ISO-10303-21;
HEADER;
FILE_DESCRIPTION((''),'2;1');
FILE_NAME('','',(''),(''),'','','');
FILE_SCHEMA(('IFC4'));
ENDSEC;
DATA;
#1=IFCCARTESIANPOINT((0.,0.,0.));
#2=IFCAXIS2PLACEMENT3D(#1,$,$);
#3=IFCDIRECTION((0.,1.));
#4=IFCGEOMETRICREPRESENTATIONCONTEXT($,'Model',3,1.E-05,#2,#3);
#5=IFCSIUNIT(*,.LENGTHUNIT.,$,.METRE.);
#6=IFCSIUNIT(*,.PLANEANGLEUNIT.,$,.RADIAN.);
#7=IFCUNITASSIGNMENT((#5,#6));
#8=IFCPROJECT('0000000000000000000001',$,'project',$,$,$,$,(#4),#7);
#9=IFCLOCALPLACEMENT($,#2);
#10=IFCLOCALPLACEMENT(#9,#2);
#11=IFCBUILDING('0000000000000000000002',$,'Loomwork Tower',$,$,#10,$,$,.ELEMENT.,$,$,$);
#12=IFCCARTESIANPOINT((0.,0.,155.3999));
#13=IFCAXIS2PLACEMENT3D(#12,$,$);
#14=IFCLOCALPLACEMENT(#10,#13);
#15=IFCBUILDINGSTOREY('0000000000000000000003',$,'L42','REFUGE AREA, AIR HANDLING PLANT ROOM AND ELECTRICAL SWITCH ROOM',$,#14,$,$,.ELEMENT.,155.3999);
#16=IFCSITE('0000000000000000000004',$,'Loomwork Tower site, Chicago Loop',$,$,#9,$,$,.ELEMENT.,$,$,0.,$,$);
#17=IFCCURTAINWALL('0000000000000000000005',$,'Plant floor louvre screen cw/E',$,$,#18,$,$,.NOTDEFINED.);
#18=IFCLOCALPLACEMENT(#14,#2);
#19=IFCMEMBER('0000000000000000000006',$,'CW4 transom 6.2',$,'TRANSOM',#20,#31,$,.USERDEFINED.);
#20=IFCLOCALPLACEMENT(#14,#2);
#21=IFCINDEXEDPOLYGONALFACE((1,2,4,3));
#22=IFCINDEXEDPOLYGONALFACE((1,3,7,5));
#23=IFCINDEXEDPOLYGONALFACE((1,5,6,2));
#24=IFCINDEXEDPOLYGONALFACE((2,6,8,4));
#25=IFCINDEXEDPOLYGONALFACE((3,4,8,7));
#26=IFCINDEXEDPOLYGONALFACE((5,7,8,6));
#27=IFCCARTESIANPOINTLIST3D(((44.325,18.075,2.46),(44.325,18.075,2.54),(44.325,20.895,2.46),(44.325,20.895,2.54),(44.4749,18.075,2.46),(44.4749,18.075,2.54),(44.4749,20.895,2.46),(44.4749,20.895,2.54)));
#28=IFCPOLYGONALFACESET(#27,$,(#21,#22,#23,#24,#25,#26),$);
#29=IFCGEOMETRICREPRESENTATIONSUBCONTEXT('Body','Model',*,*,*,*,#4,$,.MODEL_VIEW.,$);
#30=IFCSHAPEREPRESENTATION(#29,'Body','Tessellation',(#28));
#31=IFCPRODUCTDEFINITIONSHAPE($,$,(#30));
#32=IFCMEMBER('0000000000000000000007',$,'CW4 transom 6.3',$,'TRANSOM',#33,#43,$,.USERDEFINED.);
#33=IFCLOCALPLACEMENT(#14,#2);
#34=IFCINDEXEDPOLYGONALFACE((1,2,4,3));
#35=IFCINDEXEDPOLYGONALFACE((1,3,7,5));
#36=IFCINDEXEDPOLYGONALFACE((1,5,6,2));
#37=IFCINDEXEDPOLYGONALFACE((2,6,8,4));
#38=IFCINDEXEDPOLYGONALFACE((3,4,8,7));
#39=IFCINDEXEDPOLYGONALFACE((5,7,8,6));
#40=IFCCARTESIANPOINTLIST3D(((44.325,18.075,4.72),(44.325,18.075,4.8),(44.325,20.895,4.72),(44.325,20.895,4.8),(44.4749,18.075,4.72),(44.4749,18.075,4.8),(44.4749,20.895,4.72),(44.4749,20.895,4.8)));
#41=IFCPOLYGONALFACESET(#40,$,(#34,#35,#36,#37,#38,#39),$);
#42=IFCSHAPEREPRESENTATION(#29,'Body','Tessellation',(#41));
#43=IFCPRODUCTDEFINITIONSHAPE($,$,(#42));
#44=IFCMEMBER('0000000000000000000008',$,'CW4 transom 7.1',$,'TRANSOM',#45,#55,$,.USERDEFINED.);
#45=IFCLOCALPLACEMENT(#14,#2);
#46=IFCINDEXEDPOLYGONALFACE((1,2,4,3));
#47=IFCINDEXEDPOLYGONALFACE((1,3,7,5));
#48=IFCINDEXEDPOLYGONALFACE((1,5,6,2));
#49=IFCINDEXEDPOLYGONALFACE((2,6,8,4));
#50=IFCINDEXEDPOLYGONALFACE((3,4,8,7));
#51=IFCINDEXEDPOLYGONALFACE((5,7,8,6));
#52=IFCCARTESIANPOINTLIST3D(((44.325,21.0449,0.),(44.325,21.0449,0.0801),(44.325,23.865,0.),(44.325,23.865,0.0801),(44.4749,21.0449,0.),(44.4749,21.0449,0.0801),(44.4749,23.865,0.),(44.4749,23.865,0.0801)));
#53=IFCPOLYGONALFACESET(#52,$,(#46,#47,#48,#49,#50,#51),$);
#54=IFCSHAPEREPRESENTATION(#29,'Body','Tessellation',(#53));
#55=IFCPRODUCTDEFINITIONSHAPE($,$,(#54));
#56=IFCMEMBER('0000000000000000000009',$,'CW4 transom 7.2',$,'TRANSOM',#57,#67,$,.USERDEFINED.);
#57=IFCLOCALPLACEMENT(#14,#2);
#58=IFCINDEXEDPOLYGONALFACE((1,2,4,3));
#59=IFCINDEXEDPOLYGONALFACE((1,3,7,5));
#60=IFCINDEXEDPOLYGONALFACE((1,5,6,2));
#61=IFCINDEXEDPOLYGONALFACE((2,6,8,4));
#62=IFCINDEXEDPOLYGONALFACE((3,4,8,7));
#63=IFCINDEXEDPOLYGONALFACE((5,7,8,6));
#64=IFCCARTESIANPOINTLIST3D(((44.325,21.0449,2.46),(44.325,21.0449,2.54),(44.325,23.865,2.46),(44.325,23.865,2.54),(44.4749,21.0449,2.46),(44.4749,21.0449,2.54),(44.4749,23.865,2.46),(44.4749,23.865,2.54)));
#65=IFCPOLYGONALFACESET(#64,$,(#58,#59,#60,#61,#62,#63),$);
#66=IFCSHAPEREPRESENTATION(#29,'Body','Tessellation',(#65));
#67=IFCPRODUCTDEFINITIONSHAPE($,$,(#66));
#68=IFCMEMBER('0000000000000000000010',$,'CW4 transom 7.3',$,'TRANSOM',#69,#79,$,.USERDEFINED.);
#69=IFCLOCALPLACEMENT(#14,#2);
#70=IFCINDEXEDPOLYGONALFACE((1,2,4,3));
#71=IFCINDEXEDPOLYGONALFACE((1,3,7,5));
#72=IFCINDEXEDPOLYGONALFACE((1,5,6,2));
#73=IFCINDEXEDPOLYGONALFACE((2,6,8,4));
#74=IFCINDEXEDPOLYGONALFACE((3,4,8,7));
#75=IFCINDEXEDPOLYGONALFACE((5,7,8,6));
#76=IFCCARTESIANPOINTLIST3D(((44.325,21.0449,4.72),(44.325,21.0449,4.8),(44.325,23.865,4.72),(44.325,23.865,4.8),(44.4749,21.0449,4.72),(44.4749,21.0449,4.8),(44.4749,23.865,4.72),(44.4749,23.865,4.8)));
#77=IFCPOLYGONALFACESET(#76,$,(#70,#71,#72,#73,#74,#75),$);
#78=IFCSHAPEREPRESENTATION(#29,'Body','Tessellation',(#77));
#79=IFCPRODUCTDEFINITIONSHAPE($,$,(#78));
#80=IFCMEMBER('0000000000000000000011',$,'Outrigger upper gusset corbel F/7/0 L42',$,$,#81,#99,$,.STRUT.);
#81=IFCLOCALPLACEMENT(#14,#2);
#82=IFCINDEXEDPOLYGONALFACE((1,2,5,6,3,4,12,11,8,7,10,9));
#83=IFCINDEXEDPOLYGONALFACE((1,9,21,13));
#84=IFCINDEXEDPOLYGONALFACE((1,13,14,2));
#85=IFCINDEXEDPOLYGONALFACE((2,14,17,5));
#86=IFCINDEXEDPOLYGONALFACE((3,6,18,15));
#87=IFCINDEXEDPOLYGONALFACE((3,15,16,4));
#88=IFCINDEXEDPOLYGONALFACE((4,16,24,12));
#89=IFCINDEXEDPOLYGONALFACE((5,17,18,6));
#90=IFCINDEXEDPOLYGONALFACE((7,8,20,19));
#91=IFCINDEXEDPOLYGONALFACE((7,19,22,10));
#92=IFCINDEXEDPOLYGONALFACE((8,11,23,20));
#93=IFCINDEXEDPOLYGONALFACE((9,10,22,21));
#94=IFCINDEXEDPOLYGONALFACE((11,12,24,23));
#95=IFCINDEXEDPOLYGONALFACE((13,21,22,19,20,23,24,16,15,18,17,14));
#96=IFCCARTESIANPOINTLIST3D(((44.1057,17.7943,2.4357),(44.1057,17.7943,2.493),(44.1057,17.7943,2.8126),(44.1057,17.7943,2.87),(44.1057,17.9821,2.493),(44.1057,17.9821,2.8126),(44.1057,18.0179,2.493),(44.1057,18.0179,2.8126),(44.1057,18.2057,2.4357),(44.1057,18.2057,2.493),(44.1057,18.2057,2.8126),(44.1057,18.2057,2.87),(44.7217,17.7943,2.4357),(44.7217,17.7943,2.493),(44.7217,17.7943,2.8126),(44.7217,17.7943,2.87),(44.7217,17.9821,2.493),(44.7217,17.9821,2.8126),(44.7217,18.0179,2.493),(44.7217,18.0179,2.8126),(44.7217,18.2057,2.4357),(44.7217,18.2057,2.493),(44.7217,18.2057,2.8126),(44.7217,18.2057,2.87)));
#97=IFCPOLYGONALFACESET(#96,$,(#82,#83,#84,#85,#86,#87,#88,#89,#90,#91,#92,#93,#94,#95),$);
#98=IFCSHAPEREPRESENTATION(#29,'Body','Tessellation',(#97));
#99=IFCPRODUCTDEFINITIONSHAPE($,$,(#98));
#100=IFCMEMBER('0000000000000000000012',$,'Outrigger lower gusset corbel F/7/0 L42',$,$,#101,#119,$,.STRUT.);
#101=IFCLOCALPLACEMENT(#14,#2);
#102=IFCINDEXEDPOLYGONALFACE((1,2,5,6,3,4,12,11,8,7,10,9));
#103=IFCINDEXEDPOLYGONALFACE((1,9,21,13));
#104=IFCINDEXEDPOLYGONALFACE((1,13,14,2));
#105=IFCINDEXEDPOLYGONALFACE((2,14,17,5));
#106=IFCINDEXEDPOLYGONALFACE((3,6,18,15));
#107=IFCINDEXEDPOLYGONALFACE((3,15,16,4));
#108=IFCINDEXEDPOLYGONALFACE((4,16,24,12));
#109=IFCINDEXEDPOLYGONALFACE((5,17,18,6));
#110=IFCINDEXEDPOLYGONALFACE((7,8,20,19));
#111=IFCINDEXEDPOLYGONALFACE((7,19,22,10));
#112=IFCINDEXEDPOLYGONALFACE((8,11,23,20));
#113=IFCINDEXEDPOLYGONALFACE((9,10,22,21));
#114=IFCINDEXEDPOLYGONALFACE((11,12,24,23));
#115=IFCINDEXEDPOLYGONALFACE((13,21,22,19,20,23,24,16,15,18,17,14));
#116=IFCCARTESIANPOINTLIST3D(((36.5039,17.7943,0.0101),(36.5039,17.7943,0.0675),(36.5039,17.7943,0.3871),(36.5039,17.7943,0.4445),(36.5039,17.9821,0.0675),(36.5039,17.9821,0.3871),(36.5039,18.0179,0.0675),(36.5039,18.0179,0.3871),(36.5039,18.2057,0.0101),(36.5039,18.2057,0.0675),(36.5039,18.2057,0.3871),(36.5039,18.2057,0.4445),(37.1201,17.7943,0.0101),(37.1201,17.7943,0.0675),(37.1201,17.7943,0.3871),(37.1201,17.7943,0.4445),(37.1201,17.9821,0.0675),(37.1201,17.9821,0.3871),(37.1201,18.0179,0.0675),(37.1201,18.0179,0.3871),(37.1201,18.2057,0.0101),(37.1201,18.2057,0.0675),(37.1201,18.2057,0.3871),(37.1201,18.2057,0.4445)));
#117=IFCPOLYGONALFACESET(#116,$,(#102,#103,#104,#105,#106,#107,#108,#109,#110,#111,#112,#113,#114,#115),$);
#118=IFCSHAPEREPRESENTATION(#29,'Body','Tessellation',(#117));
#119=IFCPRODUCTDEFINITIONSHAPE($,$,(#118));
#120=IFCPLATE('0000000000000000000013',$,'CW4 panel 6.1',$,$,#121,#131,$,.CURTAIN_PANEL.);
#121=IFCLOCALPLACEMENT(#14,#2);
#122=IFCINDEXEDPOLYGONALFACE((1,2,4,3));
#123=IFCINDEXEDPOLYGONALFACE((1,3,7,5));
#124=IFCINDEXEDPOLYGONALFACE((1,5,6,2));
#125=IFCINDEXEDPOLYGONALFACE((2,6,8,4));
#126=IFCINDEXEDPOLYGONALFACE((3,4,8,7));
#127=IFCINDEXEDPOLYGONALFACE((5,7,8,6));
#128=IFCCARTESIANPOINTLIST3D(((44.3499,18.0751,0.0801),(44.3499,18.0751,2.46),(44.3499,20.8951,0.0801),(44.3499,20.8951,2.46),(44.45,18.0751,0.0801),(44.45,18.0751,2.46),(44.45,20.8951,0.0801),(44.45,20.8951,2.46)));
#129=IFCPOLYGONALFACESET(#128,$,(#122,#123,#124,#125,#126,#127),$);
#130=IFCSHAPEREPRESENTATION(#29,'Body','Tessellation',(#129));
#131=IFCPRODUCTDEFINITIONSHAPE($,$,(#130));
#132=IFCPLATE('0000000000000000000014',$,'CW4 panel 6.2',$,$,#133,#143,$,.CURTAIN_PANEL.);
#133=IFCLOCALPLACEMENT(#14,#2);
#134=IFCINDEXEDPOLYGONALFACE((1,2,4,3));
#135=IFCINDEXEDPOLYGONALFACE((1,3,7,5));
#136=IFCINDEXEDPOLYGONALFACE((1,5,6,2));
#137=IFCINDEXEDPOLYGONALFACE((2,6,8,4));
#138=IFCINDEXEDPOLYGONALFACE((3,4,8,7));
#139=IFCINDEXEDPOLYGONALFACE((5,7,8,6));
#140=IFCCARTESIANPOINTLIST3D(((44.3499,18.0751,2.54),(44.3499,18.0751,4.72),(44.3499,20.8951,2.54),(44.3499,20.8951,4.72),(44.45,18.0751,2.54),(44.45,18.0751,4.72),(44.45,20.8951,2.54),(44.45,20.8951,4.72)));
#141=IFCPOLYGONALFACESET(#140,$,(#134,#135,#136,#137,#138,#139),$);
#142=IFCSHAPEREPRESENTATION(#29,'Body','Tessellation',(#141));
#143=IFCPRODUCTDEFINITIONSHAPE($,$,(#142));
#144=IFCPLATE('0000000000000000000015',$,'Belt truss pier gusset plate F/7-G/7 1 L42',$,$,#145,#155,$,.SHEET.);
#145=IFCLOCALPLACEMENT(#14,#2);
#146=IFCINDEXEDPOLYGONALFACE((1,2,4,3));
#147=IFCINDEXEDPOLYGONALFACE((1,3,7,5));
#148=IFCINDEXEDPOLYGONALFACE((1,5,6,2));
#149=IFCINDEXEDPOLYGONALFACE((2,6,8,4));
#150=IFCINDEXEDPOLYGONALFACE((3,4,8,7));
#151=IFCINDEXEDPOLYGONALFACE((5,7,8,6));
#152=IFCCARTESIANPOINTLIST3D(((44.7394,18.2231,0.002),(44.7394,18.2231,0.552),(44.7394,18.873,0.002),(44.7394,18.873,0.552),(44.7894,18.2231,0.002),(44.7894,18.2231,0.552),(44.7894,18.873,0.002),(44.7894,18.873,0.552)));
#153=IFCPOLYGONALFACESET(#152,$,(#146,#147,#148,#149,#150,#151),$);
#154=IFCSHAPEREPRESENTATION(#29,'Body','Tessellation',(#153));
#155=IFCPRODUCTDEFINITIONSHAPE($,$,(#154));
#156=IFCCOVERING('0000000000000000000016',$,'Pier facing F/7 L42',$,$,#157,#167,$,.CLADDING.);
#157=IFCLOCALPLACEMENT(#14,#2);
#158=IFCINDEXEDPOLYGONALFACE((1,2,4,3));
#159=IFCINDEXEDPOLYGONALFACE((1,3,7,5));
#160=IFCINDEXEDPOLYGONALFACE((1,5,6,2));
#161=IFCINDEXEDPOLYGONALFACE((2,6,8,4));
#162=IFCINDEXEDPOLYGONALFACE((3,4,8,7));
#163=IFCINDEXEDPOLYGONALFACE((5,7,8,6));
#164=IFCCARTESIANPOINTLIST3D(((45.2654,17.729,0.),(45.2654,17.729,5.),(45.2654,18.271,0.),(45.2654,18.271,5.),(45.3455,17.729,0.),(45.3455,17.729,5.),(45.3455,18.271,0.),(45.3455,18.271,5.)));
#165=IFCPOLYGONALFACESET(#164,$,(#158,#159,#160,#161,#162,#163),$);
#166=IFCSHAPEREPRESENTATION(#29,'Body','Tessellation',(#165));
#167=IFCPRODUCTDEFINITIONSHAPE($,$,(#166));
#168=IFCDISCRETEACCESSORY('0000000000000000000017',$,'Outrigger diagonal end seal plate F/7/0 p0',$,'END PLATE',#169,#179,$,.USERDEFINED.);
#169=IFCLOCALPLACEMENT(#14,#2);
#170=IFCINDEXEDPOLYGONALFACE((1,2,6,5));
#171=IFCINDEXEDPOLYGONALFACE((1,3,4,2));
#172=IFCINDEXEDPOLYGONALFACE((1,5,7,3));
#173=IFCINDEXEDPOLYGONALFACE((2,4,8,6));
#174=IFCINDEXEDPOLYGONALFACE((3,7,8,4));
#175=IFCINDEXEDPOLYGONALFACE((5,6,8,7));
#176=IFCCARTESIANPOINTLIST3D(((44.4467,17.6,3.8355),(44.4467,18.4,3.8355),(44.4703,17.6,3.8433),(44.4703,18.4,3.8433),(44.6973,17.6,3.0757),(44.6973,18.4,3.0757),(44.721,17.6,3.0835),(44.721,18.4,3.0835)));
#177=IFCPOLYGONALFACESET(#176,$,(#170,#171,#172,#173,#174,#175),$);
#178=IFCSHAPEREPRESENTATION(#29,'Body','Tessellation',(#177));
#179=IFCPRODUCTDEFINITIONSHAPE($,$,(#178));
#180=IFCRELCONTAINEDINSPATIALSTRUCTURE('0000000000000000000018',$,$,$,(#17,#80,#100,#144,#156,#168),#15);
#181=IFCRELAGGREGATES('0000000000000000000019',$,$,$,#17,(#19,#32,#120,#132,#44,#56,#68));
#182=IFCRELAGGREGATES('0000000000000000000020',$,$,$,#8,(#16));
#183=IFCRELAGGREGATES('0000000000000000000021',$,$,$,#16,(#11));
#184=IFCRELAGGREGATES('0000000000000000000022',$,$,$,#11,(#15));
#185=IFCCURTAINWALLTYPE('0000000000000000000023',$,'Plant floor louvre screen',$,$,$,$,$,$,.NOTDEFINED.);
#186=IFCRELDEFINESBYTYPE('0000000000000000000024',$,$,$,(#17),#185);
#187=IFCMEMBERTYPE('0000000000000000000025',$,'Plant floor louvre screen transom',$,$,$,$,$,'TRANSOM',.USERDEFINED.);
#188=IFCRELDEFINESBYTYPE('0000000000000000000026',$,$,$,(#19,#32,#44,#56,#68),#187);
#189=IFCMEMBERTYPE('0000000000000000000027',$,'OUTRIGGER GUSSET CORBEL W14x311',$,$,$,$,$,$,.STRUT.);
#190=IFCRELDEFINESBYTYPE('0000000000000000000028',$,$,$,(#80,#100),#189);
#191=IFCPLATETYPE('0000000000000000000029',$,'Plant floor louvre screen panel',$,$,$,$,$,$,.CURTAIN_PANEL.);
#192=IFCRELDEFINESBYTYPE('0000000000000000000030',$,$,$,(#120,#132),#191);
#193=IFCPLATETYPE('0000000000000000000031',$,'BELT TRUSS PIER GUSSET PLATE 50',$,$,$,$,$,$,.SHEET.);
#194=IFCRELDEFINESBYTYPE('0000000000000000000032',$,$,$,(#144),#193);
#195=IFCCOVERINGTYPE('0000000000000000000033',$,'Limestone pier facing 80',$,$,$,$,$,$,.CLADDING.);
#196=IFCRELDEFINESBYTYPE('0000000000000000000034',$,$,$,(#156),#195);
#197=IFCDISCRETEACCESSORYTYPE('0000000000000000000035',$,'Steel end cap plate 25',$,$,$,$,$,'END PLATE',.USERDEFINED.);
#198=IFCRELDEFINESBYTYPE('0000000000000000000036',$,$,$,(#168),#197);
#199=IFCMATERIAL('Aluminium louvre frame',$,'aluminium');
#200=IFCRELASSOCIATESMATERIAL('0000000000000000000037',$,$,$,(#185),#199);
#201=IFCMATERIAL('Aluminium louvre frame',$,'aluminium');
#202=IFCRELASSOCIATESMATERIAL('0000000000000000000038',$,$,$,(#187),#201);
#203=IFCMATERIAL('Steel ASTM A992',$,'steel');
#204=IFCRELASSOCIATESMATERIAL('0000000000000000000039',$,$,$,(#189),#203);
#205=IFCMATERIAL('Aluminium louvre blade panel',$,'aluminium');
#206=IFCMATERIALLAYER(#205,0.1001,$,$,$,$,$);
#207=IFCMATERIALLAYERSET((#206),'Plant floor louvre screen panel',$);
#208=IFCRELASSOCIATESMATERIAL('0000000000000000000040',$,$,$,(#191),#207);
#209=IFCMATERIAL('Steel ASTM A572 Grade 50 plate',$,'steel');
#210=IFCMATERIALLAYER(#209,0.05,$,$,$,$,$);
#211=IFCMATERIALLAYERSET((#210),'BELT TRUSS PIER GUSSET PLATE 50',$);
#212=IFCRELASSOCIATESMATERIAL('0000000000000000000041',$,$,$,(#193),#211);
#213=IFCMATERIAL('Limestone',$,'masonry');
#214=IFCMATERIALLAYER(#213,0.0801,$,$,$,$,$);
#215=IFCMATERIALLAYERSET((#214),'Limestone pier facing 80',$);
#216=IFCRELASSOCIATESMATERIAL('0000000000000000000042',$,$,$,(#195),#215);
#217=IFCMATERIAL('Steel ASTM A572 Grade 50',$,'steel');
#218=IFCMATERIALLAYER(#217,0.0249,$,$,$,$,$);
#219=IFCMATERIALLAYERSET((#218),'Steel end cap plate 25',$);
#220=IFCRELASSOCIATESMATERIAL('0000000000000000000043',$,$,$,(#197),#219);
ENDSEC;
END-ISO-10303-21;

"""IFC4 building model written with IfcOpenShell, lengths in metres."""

from ifc_helpers import new_model, si_unit, direction, frame, origin, origin_2d, place, context, subcontext, project, spatial, rectangle, i_section, extrude, material, layer, layer_set, material_profile, profile_set, type_object, element, aggregate, save


model = new_model("IFC4")

# Units and contexts
model_context = context("Model", 3, precision=1e-05, world=origin(), true_north=direction((0.0, 1.0)))
body_context = subcontext(model_context, "Body", "Model", "MODEL_VIEW")
ifc_project = project(units=[si_unit("LENGTHUNIT", "METRE"), si_unit("PLANEANGLEUNIT", "RADIAN")], contexts=[model_context])

# Site, building, storey
site_placement = place(None, origin())
site = spatial("IfcSite", under=ifc_project, at=site_placement, Name="Loomwork Tower site, Chicago Loop", CompositionType="ELEMENT", RefElevation=0.0)
building_placement = place(site_placement, origin())
building = spatial("IfcBuilding", under=site, at=building_placement, Name="Loomwork Tower", CompositionType="ELEMENT")
storey_placement = place(building_placement, frame((0.0, 0.0, 155.3999)))
storey = spatial("IfcBuildingStorey", under=building, at=storey_placement, Name="L42", Description="REFUGE AREA, AIR HANDLING PLANT ROOM AND ELECTRICAL SWITCH ROOM", CompositionType="ELEMENT", Elevation=155.3999)

# Curtain wall, members
ifc_material_1 = material(Name="Aluminium louvre frame", Category="aluminium")
curtain_wall_type = type_object("IfcCurtainWallType", Name="Plant floor louvre screen", PredefinedType="NOTDEFINED", material=ifc_material_1)
curtain_wall_placement = place(storey_placement, origin())
curtain_wall = element("IfcCurtainWall", 1, at=curtain_wall_placement, inside=storey, type_object=curtain_wall_type, Name="Plant floor louvre screen cw/E", PredefinedType="NOTDEFINED")
ifc_material_2 = material(Name="Aluminium louvre frame", Category="aluminium")
ifc_material_profile_1 = material_profile(ifc_material_2, rectangle(XDim=0.1499, YDim=0.0801, at=origin_2d()), Name="AL 80x150")
ifc_profile_set_1 = profile_set([ifc_material_profile_1], Name="Aluminium louvre frame")
member_type_1 = type_object("IfcMemberType", Name="Plant floor louvre screen transom", ElementType="TRANSOM", PredefinedType="USERDEFINED", material=ifc_profile_set_1)
member_1_placement = place(storey_placement, frame((44.3999, 18.075, 2.5), z_axis=(0.0, 1.0, 0.0), x_axis=(-1.0, 0.0, 0.0)))
member_1 = element("IfcMember", 2, at=member_1_placement, type_object=member_type_1, Name="CW4 transom 6.2", ObjectType="TRANSOM", PredefinedType="USERDEFINED", context=body_context, shape_type="SweptSolid", body=[
    extrude(rectangle(XDim=0.1499, YDim=0.0801, at=origin_2d()), origin(), (0.0, 0.0, 1.0), 2.8201),
])
member_2_placement = place(storey_placement, frame((44.3999, 18.075, 4.76), z_axis=(0.0, 1.0, 0.0), x_axis=(-1.0, 0.0, 0.0)))
member_2 = element("IfcMember", 3, at=member_2_placement, type_object=member_type_1, Name="CW4 transom 6.3", ObjectType="TRANSOM", PredefinedType="USERDEFINED", context=body_context, shape_type="SweptSolid", body=[
    extrude(rectangle(XDim=0.1499, YDim=0.0801, at=origin_2d()), origin(), (0.0, 0.0, 1.0), 2.8201),
])
member_3_placement = place(storey_placement, frame((44.3999, 21.0449, 0.04), z_axis=(0.0, 1.0, 0.0), x_axis=(-1.0, 0.0, 0.0)))
member_3 = element("IfcMember", 4, at=member_3_placement, type_object=member_type_1, Name="CW4 transom 7.1", ObjectType="TRANSOM", PredefinedType="USERDEFINED", context=body_context, shape_type="SweptSolid", body=[
    extrude(rectangle(XDim=0.1499, YDim=0.0801, at=origin_2d()), origin(), (0.0, 0.0, 1.0), 2.8201),
])
member_4_placement = place(storey_placement, frame((44.3999, 21.0449, 2.5), z_axis=(0.0, 1.0, 0.0), x_axis=(-1.0, 0.0, 0.0)))
member_4 = element("IfcMember", 5, at=member_4_placement, type_object=member_type_1, Name="CW4 transom 7.2", ObjectType="TRANSOM", PredefinedType="USERDEFINED", context=body_context, shape_type="SweptSolid", body=[
    extrude(rectangle(XDim=0.1499, YDim=0.0801, at=origin_2d()), origin(), (0.0, 0.0, 1.0), 2.8201),
])
member_5_placement = place(storey_placement, frame((44.3999, 21.0449, 4.76), z_axis=(0.0, 1.0, 0.0), x_axis=(-1.0, 0.0, 0.0)))
member_5 = element("IfcMember", 6, at=member_5_placement, type_object=member_type_1, Name="CW4 transom 7.3", ObjectType="TRANSOM", PredefinedType="USERDEFINED", context=body_context, shape_type="SweptSolid", body=[
    extrude(rectangle(XDim=0.1499, YDim=0.0801, at=origin_2d()), origin(), (0.0, 0.0, 1.0), 2.8201),
])

# Members
ifc_material_3 = material(Name="Steel ASTM A992", Category="steel")
ifc_material_profile_2 = material_profile(ifc_material_3, i_section(OverallWidth=0.4114, OverallDepth=0.4343, WebThickness=0.0359, FlangeThickness=0.0574, at=origin_2d()), Name="W14x311")
ifc_profile_set_2 = profile_set([ifc_material_profile_2], Name="Steel ASTM A992")
member_type_2 = type_object("IfcMemberType", Name="OUTRIGGER GUSSET CORBEL W14x311", PredefinedType="STRUT", material=ifc_profile_set_2)
member_6_placement = place(storey_placement, frame((44.7217, 18.0, 2.6528), z_axis=(-1.0, 0.0, 0.0), x_axis=(0.0, -1.0, 0.0)))
element("IfcMember", 7, at=member_6_placement, inside=storey, type_object=member_type_2, Name="Outrigger upper gusset corbel F/7/0 L42", PredefinedType="STRUT", context=body_context, shape_type="SweptSolid", body=[
    extrude(i_section(OverallWidth=0.4114, OverallDepth=0.4343, WebThickness=0.0359, FlangeThickness=0.0574, at=origin_2d()), origin(), (0.0, 0.0, 1.0), 0.616),
])
member_7_placement = place(storey_placement, frame((36.5039, 18.0, 0.2273), z_axis=(1.0, 0.0, 0.0), x_axis=(0.0, 1.0, 0.0)))
element("IfcMember", 8, at=member_7_placement, inside=storey, type_object=member_type_2, Name="Outrigger lower gusset corbel F/7/0 L42", PredefinedType="STRUT", context=body_context, shape_type="SweptSolid", body=[
    extrude(i_section(OverallWidth=0.4114, OverallDepth=0.4343, WebThickness=0.0359, FlangeThickness=0.0574, at=origin_2d()), origin(), (0.0, 0.0, 1.0), 0.6162),
])

# Plates
ifc_material_4 = material(Name="Aluminium louvre blade panel", Category="aluminium")
ifc_layer_1 = layer(ifc_material_4, 0.1001)
ifc_layer_set_1 = layer_set([ifc_layer_1], Name="Plant floor louvre screen panel")
plate_type_1 = type_object("IfcPlateType", Name="Plant floor louvre screen panel", PredefinedType="CURTAIN_PANEL", material=ifc_layer_set_1)
plate_1_placement = place(storey_placement, frame((44.3999, 19.4851, 0.0801), z_axis=(0.0, 0.0, 1.0), x_axis=(0.0, 1.0, 0.0)))
plate_1 = element("IfcPlate", 9, at=plate_1_placement, type_object=plate_type_1, Name="CW4 panel 6.1", PredefinedType="CURTAIN_PANEL", context=body_context, shape_type="SweptSolid", body=[
    extrude(rectangle(XDim=2.8201, YDim=0.1001, at=origin_2d()), origin(), (0.0, 0.0, 1.0), 2.3799),
])
plate_2_placement = place(storey_placement, frame((44.3999, 19.4851, 2.54), z_axis=(0.0, 0.0, 1.0), x_axis=(0.0, 1.0, 0.0)))
plate_2 = element("IfcPlate", 10, at=plate_2_placement, type_object=plate_type_1, Name="CW4 panel 6.2", PredefinedType="CURTAIN_PANEL", context=body_context, shape_type="SweptSolid", body=[
    extrude(rectangle(XDim=2.8201, YDim=0.1001, at=origin_2d()), origin(), (0.0, 0.0, 1.0), 2.1799),
])
aggregate(curtain_wall, [member_1, member_2, plate_1, plate_2, member_3, member_4, member_5])
ifc_material_5 = material(Name="Steel ASTM A572 Grade 50 plate", Category="steel")
ifc_layer_2 = layer(ifc_material_5, 0.05)
ifc_layer_set_2 = layer_set([ifc_layer_2], Name="BELT TRUSS PIER GUSSET PLATE 50")
plate_type_2 = type_object("IfcPlateType", Name="BELT TRUSS PIER GUSSET PLATE 50", PredefinedType="SHEET", material=ifc_layer_set_2)
plate_3_placement = place(storey_placement, frame((44.7644, 18.5481, 0.002), z_axis=(0.0, 0.0, 1.0), x_axis=(0.0, 1.0, 0.0)))
element("IfcPlate", 11, at=plate_3_placement, inside=storey, type_object=plate_type_2, Name="Belt truss pier gusset plate F/7-G/7 1 L42", PredefinedType="SHEET", context=body_context, shape_type="SweptSolid", body=[
    extrude(rectangle(XDim=0.6499, YDim=0.05, at=origin_2d()), origin(), (0.0, 0.0, 1.0), 0.55),
])

# Covering
ifc_material_6 = material(Name="Limestone", Category="masonry")
ifc_layer_3 = layer(ifc_material_6, 0.0801)
ifc_layer_set_3 = layer_set([ifc_layer_3], Name="Limestone pier facing 80")
covering_type = type_object("IfcCoveringType", Name="Limestone pier facing 80", PredefinedType="CLADDING", material=ifc_layer_set_3)
covering_placement = place(storey_placement, frame((45.3054, 18.0, 0.0), z_axis=(0.0, 0.0, 1.0), x_axis=(1.0, 0.0, 0.0)))
element("IfcCovering", 12, at=covering_placement, inside=storey, type_object=covering_type, Name="Pier facing F/7 L42", PredefinedType="CLADDING", context=body_context, shape_type="SweptSolid", body=[
    extrude(rectangle(XDim=0.0801, YDim=0.542, at=origin_2d()), origin(), (0.0, 0.0, 1.0), 5.0),
])

# Discrete accessory
ifc_material_7 = material(Name="Steel ASTM A572 Grade 50", Category="steel")
ifc_layer_4 = layer(ifc_material_7, 0.0249)
ifc_layer_set_4 = layer_set([ifc_layer_4], Name="Steel end cap plate 25")
discrete_accessory_type = type_object("IfcDiscreteAccessoryType", Name="Steel end cap plate 25", ElementType="END PLATE", PredefinedType="USERDEFINED", material=ifc_layer_set_4)
discrete_accessory_1_placement = place(storey_placement, frame((44.572, 18.0, 3.4556), z_axis=(0.949658, 0.0, 0.313289), x_axis=(0.0, 1.0, 0.0)))
element("IfcDiscreteAccessory", 13, at=discrete_accessory_1_placement, inside=storey, type_object=discrete_accessory_type, Name="Outrigger diagonal end seal plate F/7/0 p0", ObjectType="END PLATE", PredefinedType="USERDEFINED", context=body_context, shape_type="SweptSolid", body=[
    extrude(rectangle(XDim=0.8, YDim=0.8, at=origin_2d()), origin(), (0.0, 0.0, 1.0), 0.0249),
])

save(model, "model.ifc")
